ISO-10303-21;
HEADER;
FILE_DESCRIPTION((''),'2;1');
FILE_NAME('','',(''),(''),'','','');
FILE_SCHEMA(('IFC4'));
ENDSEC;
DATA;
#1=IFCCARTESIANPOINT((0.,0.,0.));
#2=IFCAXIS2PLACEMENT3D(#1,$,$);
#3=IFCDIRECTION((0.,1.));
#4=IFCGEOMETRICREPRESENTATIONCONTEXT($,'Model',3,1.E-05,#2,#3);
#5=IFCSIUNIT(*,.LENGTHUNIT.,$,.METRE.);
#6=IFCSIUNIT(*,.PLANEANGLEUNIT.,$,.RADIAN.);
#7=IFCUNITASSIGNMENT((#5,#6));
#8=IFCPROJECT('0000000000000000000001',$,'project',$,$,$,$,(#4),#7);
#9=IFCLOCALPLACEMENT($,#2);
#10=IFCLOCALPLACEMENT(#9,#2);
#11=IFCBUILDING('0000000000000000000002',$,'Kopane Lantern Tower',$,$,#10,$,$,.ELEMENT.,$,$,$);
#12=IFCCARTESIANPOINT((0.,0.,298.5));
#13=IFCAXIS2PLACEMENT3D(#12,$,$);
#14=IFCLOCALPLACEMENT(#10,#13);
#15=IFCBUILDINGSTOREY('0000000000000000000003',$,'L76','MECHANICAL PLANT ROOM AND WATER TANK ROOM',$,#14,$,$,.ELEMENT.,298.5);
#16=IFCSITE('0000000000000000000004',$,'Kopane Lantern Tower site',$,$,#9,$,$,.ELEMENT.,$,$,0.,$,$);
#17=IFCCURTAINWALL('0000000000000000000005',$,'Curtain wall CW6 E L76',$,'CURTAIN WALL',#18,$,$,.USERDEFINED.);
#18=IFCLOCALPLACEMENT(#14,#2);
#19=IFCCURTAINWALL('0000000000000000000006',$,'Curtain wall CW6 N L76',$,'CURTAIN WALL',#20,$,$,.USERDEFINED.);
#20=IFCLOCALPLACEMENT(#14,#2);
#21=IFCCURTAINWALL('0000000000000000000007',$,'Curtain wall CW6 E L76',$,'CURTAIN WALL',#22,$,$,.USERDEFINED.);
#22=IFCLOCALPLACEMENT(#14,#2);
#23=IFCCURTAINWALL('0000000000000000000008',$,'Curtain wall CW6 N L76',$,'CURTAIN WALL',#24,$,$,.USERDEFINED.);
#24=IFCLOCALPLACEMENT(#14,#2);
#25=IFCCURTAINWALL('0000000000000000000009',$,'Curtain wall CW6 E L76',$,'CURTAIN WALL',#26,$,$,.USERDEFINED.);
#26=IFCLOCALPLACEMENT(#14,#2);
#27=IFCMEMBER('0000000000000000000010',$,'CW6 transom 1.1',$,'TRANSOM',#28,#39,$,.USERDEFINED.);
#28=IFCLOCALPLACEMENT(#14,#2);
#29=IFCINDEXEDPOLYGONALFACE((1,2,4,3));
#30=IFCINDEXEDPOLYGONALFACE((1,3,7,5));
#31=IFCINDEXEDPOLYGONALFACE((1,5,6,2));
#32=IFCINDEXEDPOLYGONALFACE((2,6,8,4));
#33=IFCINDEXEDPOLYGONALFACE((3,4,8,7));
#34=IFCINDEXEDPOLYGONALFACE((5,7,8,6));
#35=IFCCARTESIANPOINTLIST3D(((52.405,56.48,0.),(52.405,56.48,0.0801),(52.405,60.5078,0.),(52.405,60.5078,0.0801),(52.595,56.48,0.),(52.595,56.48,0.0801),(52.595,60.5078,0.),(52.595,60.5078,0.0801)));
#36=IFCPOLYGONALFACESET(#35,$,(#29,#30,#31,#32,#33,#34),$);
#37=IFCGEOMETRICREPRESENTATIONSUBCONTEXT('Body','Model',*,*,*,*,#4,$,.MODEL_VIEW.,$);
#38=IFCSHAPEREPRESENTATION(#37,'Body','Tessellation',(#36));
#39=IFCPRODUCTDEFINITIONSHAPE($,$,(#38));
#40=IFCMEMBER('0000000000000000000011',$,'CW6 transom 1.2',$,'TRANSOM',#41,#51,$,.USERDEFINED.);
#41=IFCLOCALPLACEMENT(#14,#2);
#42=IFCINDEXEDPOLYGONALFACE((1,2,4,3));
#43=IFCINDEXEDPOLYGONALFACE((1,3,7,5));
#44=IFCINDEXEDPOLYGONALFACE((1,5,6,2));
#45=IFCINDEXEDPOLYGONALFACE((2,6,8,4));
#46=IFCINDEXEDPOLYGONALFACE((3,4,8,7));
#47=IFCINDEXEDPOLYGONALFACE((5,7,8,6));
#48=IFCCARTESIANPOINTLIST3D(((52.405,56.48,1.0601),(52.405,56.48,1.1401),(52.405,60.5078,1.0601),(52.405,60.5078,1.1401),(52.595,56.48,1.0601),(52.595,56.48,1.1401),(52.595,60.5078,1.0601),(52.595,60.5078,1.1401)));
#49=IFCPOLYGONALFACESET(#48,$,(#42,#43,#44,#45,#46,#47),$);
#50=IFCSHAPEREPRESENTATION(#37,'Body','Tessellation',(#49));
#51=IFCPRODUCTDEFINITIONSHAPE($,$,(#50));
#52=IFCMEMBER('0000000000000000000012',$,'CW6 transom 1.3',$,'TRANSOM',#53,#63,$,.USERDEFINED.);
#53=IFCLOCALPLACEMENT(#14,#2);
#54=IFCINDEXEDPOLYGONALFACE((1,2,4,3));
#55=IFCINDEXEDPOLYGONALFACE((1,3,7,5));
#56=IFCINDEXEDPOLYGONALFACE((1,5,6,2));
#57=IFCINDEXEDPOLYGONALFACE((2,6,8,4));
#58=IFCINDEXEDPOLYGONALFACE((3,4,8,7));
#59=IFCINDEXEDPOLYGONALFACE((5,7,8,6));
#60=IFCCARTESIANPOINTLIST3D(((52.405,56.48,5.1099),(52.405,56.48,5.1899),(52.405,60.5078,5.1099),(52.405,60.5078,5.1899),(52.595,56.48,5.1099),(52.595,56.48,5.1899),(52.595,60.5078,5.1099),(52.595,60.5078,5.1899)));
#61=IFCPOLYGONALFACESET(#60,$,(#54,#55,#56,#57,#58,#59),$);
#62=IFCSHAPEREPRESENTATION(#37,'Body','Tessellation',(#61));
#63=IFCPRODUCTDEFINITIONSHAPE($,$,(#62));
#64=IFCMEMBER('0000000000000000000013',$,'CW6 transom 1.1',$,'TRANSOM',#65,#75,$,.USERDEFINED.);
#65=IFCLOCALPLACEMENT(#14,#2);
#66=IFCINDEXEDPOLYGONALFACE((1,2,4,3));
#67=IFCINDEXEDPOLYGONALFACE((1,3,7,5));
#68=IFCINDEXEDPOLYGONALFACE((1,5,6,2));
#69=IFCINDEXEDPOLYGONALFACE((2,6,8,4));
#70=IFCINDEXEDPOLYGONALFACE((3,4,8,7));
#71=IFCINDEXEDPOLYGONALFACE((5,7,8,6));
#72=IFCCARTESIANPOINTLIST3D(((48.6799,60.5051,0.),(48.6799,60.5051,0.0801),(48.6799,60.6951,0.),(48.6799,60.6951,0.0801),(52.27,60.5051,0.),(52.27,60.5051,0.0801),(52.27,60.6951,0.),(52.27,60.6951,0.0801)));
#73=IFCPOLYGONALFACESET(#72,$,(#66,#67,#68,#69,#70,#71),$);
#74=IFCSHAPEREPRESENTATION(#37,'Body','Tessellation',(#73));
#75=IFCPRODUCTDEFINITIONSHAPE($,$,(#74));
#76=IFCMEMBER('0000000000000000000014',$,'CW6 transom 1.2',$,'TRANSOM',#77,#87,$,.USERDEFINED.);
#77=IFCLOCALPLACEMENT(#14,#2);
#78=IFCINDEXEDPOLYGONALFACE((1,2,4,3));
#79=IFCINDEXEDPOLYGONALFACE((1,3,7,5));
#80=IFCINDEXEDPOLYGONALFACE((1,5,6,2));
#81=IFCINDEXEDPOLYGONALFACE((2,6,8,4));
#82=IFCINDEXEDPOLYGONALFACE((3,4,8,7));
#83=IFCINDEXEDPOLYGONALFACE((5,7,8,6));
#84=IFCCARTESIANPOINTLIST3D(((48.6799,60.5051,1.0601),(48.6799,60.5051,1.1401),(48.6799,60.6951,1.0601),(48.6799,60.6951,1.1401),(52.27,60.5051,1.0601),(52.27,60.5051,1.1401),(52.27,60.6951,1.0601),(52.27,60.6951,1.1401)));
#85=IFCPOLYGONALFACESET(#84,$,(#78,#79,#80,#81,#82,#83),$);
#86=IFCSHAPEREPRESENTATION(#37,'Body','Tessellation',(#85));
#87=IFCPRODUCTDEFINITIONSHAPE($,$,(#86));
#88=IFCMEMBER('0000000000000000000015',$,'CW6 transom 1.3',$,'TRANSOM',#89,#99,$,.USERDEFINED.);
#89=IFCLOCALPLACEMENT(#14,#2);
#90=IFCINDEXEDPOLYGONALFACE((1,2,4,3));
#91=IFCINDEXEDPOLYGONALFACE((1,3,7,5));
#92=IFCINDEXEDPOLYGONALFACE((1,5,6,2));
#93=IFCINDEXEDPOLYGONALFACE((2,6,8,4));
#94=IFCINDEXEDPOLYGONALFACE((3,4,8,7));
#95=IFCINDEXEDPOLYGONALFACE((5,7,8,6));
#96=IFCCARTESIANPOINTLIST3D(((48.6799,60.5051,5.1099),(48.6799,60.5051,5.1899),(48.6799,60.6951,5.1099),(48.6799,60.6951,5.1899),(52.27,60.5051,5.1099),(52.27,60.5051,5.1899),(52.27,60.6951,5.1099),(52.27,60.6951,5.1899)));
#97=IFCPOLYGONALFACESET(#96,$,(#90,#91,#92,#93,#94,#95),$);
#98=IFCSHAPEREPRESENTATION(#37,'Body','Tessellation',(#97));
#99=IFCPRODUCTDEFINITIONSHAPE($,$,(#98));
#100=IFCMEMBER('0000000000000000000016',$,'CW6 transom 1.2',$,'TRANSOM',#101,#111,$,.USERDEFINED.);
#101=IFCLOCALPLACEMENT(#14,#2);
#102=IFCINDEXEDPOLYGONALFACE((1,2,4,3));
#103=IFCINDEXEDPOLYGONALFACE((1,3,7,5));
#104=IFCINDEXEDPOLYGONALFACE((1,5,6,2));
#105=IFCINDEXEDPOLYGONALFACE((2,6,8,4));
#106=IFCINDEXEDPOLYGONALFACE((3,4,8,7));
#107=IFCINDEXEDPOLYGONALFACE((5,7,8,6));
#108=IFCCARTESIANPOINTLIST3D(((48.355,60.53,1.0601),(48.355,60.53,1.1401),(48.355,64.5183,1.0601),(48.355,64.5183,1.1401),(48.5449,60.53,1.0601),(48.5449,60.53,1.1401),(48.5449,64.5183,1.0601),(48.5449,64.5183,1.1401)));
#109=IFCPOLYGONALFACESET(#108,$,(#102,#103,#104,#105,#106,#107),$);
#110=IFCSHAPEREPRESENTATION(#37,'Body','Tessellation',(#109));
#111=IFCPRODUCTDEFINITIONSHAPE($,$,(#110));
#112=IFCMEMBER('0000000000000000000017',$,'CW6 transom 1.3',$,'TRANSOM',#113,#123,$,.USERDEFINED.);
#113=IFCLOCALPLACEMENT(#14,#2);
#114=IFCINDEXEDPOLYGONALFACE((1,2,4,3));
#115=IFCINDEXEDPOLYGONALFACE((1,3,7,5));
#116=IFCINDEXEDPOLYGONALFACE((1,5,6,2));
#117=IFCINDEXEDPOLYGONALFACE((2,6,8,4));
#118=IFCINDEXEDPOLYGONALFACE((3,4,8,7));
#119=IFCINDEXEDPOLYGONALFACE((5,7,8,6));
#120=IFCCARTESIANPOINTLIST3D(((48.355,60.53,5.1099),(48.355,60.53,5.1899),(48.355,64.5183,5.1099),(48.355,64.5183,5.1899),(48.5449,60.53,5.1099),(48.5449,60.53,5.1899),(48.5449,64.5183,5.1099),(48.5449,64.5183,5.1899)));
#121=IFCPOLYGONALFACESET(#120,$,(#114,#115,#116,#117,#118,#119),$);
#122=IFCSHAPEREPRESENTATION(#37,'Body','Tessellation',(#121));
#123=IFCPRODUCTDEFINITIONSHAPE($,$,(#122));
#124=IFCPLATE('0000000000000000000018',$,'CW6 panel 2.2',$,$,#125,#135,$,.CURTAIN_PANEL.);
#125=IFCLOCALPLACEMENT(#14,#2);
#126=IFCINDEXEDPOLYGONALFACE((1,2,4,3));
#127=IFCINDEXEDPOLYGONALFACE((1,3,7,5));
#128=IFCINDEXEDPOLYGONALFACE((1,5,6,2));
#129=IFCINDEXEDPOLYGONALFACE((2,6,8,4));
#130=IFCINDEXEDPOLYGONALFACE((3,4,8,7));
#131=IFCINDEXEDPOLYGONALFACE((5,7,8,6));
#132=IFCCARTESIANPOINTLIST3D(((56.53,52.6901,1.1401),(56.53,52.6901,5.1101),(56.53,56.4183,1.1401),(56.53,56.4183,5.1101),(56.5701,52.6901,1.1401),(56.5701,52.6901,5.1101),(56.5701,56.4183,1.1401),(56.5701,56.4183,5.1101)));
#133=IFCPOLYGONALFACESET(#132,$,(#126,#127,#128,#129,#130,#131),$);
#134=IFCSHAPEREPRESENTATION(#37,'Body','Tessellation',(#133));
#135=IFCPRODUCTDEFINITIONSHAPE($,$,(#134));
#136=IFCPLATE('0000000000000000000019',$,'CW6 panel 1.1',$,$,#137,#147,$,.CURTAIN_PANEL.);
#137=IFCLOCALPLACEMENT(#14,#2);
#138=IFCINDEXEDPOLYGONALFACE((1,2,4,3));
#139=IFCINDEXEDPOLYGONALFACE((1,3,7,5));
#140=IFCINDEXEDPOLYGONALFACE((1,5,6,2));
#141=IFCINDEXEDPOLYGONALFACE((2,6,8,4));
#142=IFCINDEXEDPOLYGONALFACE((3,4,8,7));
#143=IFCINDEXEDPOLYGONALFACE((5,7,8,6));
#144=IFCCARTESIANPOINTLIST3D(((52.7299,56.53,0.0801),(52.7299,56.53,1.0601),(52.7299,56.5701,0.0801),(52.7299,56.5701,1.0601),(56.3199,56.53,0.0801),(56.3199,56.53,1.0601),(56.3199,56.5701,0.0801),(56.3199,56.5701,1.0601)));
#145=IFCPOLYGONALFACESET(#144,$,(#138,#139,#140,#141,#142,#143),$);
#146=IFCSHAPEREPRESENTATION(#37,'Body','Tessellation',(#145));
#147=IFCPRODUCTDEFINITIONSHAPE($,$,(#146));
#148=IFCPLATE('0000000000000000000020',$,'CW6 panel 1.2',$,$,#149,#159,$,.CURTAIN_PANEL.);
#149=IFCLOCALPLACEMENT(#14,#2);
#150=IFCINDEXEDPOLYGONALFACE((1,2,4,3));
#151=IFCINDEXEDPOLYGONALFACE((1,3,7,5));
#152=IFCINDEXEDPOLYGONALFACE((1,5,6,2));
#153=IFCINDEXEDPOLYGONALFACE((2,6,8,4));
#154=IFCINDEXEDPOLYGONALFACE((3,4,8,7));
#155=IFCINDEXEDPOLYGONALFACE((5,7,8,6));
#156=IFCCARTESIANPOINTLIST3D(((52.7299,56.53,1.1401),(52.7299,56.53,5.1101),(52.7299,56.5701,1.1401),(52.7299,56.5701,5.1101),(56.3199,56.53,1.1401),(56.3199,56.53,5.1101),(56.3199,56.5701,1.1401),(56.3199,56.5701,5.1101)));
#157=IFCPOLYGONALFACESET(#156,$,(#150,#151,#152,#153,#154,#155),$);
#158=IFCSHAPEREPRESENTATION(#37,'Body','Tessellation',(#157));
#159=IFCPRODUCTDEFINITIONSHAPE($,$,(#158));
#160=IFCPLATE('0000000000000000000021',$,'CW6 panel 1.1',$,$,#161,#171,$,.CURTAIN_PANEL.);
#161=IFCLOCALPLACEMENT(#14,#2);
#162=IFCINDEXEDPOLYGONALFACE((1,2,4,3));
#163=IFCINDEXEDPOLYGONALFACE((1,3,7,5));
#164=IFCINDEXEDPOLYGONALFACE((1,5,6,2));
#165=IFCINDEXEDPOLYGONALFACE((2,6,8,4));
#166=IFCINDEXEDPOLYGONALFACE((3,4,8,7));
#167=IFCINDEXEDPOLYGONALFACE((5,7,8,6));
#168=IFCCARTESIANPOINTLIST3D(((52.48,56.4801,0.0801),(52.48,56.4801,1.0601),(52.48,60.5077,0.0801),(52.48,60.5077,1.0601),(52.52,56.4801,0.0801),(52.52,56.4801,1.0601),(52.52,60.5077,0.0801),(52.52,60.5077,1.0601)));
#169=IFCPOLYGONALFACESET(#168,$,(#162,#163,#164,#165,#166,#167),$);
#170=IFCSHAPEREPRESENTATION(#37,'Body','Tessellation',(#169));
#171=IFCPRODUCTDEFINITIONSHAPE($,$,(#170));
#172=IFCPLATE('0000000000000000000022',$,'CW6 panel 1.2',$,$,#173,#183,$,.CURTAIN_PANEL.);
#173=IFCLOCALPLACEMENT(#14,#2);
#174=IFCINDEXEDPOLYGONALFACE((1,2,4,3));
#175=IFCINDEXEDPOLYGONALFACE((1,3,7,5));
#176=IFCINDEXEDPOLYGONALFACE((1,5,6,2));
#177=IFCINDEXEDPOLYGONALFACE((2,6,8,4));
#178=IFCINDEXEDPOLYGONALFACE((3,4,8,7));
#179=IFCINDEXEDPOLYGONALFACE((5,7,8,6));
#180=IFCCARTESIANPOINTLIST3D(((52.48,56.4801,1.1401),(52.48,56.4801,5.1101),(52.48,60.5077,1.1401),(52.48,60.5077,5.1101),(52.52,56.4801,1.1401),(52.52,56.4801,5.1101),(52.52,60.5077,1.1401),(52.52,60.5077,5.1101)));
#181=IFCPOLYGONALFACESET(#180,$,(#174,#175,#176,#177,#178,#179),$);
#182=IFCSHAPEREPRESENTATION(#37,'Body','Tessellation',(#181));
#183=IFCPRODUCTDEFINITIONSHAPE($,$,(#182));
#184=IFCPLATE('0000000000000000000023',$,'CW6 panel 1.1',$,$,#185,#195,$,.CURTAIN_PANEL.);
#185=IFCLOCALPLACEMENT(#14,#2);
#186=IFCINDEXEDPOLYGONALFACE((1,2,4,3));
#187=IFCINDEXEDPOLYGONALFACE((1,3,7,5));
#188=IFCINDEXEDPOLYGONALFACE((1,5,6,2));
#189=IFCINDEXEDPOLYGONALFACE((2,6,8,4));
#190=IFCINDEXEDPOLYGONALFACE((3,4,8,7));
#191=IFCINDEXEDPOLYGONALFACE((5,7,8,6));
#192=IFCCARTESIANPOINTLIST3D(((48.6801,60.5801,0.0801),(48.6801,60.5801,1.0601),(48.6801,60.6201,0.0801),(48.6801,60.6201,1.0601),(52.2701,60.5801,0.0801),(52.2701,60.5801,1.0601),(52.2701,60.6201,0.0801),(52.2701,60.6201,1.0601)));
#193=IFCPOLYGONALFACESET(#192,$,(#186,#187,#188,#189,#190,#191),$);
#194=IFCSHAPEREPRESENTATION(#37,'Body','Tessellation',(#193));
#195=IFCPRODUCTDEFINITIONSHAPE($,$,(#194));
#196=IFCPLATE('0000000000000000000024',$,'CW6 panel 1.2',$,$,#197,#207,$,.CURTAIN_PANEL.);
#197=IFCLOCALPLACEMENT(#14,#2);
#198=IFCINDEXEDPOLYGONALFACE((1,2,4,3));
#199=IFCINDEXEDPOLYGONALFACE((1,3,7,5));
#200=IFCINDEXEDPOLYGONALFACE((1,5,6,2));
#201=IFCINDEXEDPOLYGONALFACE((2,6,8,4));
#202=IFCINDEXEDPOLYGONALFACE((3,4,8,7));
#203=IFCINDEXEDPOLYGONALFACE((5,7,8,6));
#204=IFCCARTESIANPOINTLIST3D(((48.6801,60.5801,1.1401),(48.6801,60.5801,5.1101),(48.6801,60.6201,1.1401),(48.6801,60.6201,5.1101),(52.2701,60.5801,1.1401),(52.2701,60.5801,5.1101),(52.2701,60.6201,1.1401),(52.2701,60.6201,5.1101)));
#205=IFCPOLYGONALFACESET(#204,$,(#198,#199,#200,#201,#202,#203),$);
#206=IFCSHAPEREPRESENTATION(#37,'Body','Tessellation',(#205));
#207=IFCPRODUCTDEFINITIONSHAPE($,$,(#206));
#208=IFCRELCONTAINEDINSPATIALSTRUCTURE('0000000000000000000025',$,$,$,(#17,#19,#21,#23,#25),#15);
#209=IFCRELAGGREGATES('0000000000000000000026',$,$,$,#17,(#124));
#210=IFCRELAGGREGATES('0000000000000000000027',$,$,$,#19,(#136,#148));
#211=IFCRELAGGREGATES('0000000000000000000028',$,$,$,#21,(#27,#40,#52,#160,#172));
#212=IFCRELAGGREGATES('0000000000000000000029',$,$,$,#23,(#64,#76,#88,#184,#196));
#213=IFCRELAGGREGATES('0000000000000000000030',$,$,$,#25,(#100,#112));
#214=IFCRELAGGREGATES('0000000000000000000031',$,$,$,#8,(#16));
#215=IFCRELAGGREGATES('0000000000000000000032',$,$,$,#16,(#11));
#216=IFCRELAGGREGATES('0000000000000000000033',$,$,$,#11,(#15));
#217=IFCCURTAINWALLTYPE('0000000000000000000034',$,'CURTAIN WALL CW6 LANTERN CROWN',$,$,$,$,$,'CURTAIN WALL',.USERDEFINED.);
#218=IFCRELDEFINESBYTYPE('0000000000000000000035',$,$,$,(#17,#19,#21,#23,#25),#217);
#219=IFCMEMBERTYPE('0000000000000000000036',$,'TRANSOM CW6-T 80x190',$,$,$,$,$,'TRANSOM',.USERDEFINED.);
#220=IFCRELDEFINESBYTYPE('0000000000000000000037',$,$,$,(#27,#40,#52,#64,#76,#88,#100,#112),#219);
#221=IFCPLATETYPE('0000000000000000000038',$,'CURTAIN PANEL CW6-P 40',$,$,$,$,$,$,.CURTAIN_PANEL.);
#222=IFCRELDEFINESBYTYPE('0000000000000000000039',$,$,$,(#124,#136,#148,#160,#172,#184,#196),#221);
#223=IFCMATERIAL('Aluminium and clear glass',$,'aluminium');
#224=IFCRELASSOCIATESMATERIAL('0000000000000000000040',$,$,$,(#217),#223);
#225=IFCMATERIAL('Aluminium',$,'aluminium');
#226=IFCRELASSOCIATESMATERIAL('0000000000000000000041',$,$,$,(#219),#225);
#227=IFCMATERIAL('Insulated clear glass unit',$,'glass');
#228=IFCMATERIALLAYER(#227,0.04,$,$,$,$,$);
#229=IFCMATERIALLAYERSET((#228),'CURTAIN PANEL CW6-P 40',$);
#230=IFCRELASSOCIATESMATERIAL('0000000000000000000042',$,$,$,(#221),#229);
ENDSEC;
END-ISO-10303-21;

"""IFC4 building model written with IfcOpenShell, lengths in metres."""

from ifc_helpers import new_model, si_unit, direction, frame, origin, origin_2d, place, context, subcontext, project, spatial, rectangle, extrude, material, layer, layer_set, material_profile, profile_set, type_object, element, aggregate, save


model = new_model("IFC4")

# Units and contexts
model_context = context("Model", 3, precision=1e-05, world=origin(), true_north=direction((0.0, 1.0)))
body_context = subcontext(model_context, "Body", "Model", "MODEL_VIEW")
ifc_project = project(units=[si_unit("LENGTHUNIT", "METRE"), si_unit("PLANEANGLEUNIT", "RADIAN")], contexts=[model_context])

# Site, building, storey
site_placement = place(None, origin())
site = spatial("IfcSite", under=ifc_project, at=site_placement, Name="Kopane Lantern Tower site", CompositionType="ELEMENT", RefElevation=0.0)
building_placement = place(site_placement, origin())
building = spatial("IfcBuilding", under=site, at=building_placement, Name="Kopane Lantern Tower", CompositionType="ELEMENT")
storey_placement = place(building_placement, frame((0.0, 0.0, 298.5)))
storey = spatial("IfcBuildingStorey", under=building, at=storey_placement, Name="L76", Description="MECHANICAL PLANT ROOM AND WATER TANK ROOM", CompositionType="ELEMENT", Elevation=298.5)

# Curtain wall
ifc_material_1 = material(Name="Aluminium and clear glass", Category="aluminium")
curtain_wall_type = type_object("IfcCurtainWallType", Name="CURTAIN WALL CW6 LANTERN CROWN", ElementType="CURTAIN WALL", PredefinedType="USERDEFINED", material=ifc_material_1)
curtain_wall_1_placement = place(storey_placement, origin())
curtain_wall_1 = element("IfcCurtainWall", 1, at=curtain_wall_1_placement, inside=storey, type_object=curtain_wall_type, Name="Curtain wall CW6 E L76", ObjectType="CURTAIN WALL", PredefinedType="USERDEFINED")

# Curtain walls
curtain_wall_2_placement = place(storey_placement, origin())
curtain_wall_2 = element("IfcCurtainWall", 2, at=curtain_wall_2_placement, inside=storey, type_object=curtain_wall_type, Name="Curtain wall CW6 N L76", ObjectType="CURTAIN WALL", PredefinedType="USERDEFINED")
curtain_wall_3_placement = place(storey_placement, origin())
curtain_wall_3 = element("IfcCurtainWall", 3, at=curtain_wall_3_placement, inside=storey, type_object=curtain_wall_type, Name="Curtain wall CW6 E L76", ObjectType="CURTAIN WALL", PredefinedType="USERDEFINED")
curtain_wall_4_placement = place(storey_placement, origin())
curtain_wall_4 = element("IfcCurtainWall", 4, at=curtain_wall_4_placement, inside=storey, type_object=curtain_wall_type, Name="Curtain wall CW6 N L76", ObjectType="CURTAIN WALL", PredefinedType="USERDEFINED")

# Curtain wall
curtain_wall_5_placement = place(storey_placement, origin())
curtain_wall_5 = element("IfcCurtainWall", 5, at=curtain_wall_5_placement, inside=storey, type_object=curtain_wall_type, Name="Curtain wall CW6 E L76", ObjectType="CURTAIN WALL", PredefinedType="USERDEFINED")

# Members
ifc_material_2 = material(Name="Aluminium", Category="aluminium")
ifc_material_profile_1 = material_profile(ifc_material_2, rectangle(XDim=0.1899, YDim=0.0801, at=origin_2d()), Name="AL 190x80")
ifc_profile_set_1 = profile_set([ifc_material_profile_1], Name="Aluminium")
member_type_1 = type_object("IfcMemberType", Name="TRANSOM CW6-T 80x190", ElementType="TRANSOM", PredefinedType="USERDEFINED", material=ifc_profile_set_1)
member_1_placement = place(storey_placement, frame((52.5, 56.48, 0.04), z_axis=(0.0, 1.0, 0.0), x_axis=(-1.0, 0.0, 0.0)))
member_1 = element("IfcMember", 6, at=member_1_placement, type_object=member_type_1, Name="CW6 transom 1.1", ObjectType="TRANSOM", PredefinedType="USERDEFINED", context=body_context, shape_type="SweptSolid", body=[
    extrude(rectangle(XDim=0.1899, YDim=0.0801, at=origin_2d()), origin(), (0.0, 0.0, 1.0), 4.0278),
])
member_2_placement = place(storey_placement, frame((52.5, 56.48, 1.1001), z_axis=(0.0, 1.0, 0.0), x_axis=(-1.0, 0.0, 0.0)))
member_2 = element("IfcMember", 7, at=member_2_placement, type_object=member_type_1, Name="CW6 transom 1.2", ObjectType="TRANSOM", PredefinedType="USERDEFINED", context=body_context, shape_type="SweptSolid", body=[
    extrude(rectangle(XDim=0.1899, YDim=0.0801, at=origin_2d()), origin(), (0.0, 0.0, 1.0), 4.0278),
])
member_3_placement = place(storey_placement, frame((52.5, 56.48, 5.1499), z_axis=(0.0, 1.0, 0.0), x_axis=(-1.0, 0.0, 0.0)))
member_3 = element("IfcMember", 8, at=member_3_placement, type_object=member_type_1, Name="CW6 transom 1.3", ObjectType="TRANSOM", PredefinedType="USERDEFINED", context=body_context, shape_type="SweptSolid", body=[
    extrude(rectangle(XDim=0.1899, YDim=0.0801, at=origin_2d()), origin(), (0.0, 0.0, 1.0), 4.0278),
])
member_4_placement = place(storey_placement, frame((52.27, 60.6001, 0.04), z_axis=(-1.0, 0.0, 0.0), x_axis=(0.0, -1.0, 0.0)))
member_4 = element("IfcMember", 9, at=member_4_placement, type_object=member_type_1, Name="CW6 transom 1.1", ObjectType="TRANSOM", PredefinedType="USERDEFINED", context=body_context, shape_type="SweptSolid", body=[
    extrude(rectangle(XDim=0.1899, YDim=0.0801, at=origin_2d()), origin(), (0.0, 0.0, 1.0), 3.5901),
])
member_5_placement = place(storey_placement, frame((52.27, 60.6001, 1.1001), z_axis=(-1.0, 0.0, 0.0), x_axis=(0.0, -1.0, 0.0)))
member_5 = element("IfcMember", 10, at=member_5_placement, type_object=member_type_1, Name="CW6 transom 1.2", ObjectType="TRANSOM", PredefinedType="USERDEFINED", context=body_context, shape_type="SweptSolid", body=[
    extrude(rectangle(XDim=0.1899, YDim=0.0801, at=origin_2d()), origin(), (0.0, 0.0, 1.0), 3.5901),
])
member_6_placement = place(storey_placement, frame((52.27, 60.6001, 5.1499), z_axis=(-1.0, 0.0, 0.0), x_axis=(0.0, -1.0, 0.0)))
member_6 = element("IfcMember", 11, at=member_6_placement, type_object=member_type_1, Name="CW6 transom 1.3", ObjectType="TRANSOM", PredefinedType="USERDEFINED", context=body_context, shape_type="SweptSolid", body=[
    extrude(rectangle(XDim=0.1899, YDim=0.0801, at=origin_2d()), origin(), (0.0, 0.0, 1.0), 3.5901),
])
member_7_placement = place(storey_placement, frame((48.45, 60.53, 1.1001), z_axis=(0.0, 1.0, 0.0), x_axis=(-1.0, 0.0, 0.0)))
member_7 = element("IfcMember", 12, at=member_7_placement, type_object=member_type_1, Name="CW6 transom 1.2", ObjectType="TRANSOM", PredefinedType="USERDEFINED", context=body_context, shape_type="SweptSolid", body=[
    extrude(rectangle(XDim=0.1899, YDim=0.0801, at=origin_2d()), origin(), (0.0, 0.0, 1.0), 3.9883),
])
member_8_placement = place(storey_placement, frame((48.45, 60.53, 5.1499), z_axis=(0.0, 1.0, 0.0), x_axis=(-1.0, 0.0, 0.0)))
member_8 = element("IfcMember", 13, at=member_8_placement, type_object=member_type_1, Name="CW6 transom 1.3", ObjectType="TRANSOM", PredefinedType="USERDEFINED", context=body_context, shape_type="SweptSolid", body=[
    extrude(rectangle(XDim=0.1899, YDim=0.0801, at=origin_2d()), origin(), (0.0, 0.0, 1.0), 3.9883),
])

# Plates
ifc_material_3 = material(Name="Insulated clear glass unit", Category="glass")
ifc_layer_1 = layer(ifc_material_3, 0.04)
ifc_layer_set_1 = layer_set([ifc_layer_1], Name="CURTAIN PANEL CW6-P 40")
plate_type_1 = type_object("IfcPlateType", Name="CURTAIN PANEL CW6-P 40", PredefinedType="CURTAIN_PANEL", material=ifc_layer_set_1)
plate_1_placement = place(storey_placement, frame((56.55, 54.5542, 1.1401), z_axis=(0.0, 0.0, 1.0), x_axis=(0.0, 1.0, 0.0)))
plate_1 = element("IfcPlate", 14, at=plate_1_placement, type_object=plate_type_1, Name="CW6 panel 2.2", PredefinedType="CURTAIN_PANEL", context=body_context, shape_type="SweptSolid", body=[
    extrude(rectangle(XDim=3.7283, YDim=0.04, at=origin_2d()), origin(), (0.0, 0.0, 1.0), 3.97),
])
aggregate(curtain_wall_1, [plate_1])
plate_2_placement = place(storey_placement, frame((54.5249, 56.55, 0.0801), z_axis=(0.0, 0.0, 1.0), x_axis=(-1.0, 0.0, 0.0)))
plate_2 = element("IfcPlate", 15, at=plate_2_placement, type_object=plate_type_1, Name="CW6 panel 1.1", PredefinedType="CURTAIN_PANEL", context=body_context, shape_type="SweptSolid", body=[
    extrude(rectangle(XDim=3.5901, YDim=0.04, at=origin_2d()), origin(), (0.0, 0.0, 1.0), 0.98),
])
plate_3_placement = place(storey_placement, frame((54.5249, 56.55, 1.1401), z_axis=(0.0, 0.0, 1.0), x_axis=(-1.0, 0.0, 0.0)))
plate_3 = element("IfcPlate", 16, at=plate_3_placement, type_object=plate_type_1, Name="CW6 panel 1.2", PredefinedType="CURTAIN_PANEL", context=body_context, shape_type="SweptSolid", body=[
    extrude(rectangle(XDim=3.5901, YDim=0.04, at=origin_2d()), origin(), (0.0, 0.0, 1.0), 3.97),
])
aggregate(curtain_wall_2, [plate_2, plate_3])
plate_4_placement = place(storey_placement, frame((52.5, 58.4939, 0.0801), z_axis=(0.0, 0.0, 1.0), x_axis=(0.0, 1.0, 0.0)))
plate_4 = element("IfcPlate", 17, at=plate_4_placement, type_object=plate_type_1, Name="CW6 panel 1.1", PredefinedType="CURTAIN_PANEL", context=body_context, shape_type="SweptSolid", body=[
    extrude(rectangle(XDim=4.0276, YDim=0.04, at=origin_2d()), origin(), (0.0, 0.0, 1.0), 0.98),
])
plate_5_placement = place(storey_placement, frame((52.5, 58.4939, 1.1401), z_axis=(0.0, 0.0, 1.0), x_axis=(0.0, 1.0, 0.0)))
plate_5 = element("IfcPlate", 18, at=plate_5_placement, type_object=plate_type_1, Name="CW6 panel 1.2", PredefinedType="CURTAIN_PANEL", context=body_context, shape_type="SweptSolid", body=[
    extrude(rectangle(XDim=4.0276, YDim=0.04, at=origin_2d()), origin(), (0.0, 0.0, 1.0), 3.97),
])
aggregate(curtain_wall_3, [member_1, member_2, member_3, plate_4, plate_5])
plate_6_placement = place(storey_placement, frame((50.4751, 60.6001, 0.0801), z_axis=(0.0, 0.0, 1.0), x_axis=(-1.0, 0.0, 0.0)))
plate_6 = element("IfcPlate", 19, at=plate_6_placement, type_object=plate_type_1, Name="CW6 panel 1.1", PredefinedType="CURTAIN_PANEL", context=body_context, shape_type="SweptSolid", body=[
    extrude(rectangle(XDim=3.5901, YDim=0.04, at=origin_2d()), origin(), (0.0, 0.0, 1.0), 0.98),
])
plate_7_placement = place(storey_placement, frame((50.4751, 60.6001, 1.1401), z_axis=(0.0, 0.0, 1.0), x_axis=(-1.0, 0.0, 0.0)))
plate_7 = element("IfcPlate", 20, at=plate_7_placement, type_object=plate_type_1, Name="CW6 panel 1.2", PredefinedType="CURTAIN_PANEL", context=body_context, shape_type="SweptSolid", body=[
    extrude(rectangle(XDim=3.5901, YDim=0.04, at=origin_2d()), origin(), (0.0, 0.0, 1.0), 3.97),
])
aggregate(curtain_wall_4, [member_4, member_5, member_6, plate_6, plate_7])
aggregate(curtain_wall_5, [member_7, member_8])

save(model, "model.ifc")
